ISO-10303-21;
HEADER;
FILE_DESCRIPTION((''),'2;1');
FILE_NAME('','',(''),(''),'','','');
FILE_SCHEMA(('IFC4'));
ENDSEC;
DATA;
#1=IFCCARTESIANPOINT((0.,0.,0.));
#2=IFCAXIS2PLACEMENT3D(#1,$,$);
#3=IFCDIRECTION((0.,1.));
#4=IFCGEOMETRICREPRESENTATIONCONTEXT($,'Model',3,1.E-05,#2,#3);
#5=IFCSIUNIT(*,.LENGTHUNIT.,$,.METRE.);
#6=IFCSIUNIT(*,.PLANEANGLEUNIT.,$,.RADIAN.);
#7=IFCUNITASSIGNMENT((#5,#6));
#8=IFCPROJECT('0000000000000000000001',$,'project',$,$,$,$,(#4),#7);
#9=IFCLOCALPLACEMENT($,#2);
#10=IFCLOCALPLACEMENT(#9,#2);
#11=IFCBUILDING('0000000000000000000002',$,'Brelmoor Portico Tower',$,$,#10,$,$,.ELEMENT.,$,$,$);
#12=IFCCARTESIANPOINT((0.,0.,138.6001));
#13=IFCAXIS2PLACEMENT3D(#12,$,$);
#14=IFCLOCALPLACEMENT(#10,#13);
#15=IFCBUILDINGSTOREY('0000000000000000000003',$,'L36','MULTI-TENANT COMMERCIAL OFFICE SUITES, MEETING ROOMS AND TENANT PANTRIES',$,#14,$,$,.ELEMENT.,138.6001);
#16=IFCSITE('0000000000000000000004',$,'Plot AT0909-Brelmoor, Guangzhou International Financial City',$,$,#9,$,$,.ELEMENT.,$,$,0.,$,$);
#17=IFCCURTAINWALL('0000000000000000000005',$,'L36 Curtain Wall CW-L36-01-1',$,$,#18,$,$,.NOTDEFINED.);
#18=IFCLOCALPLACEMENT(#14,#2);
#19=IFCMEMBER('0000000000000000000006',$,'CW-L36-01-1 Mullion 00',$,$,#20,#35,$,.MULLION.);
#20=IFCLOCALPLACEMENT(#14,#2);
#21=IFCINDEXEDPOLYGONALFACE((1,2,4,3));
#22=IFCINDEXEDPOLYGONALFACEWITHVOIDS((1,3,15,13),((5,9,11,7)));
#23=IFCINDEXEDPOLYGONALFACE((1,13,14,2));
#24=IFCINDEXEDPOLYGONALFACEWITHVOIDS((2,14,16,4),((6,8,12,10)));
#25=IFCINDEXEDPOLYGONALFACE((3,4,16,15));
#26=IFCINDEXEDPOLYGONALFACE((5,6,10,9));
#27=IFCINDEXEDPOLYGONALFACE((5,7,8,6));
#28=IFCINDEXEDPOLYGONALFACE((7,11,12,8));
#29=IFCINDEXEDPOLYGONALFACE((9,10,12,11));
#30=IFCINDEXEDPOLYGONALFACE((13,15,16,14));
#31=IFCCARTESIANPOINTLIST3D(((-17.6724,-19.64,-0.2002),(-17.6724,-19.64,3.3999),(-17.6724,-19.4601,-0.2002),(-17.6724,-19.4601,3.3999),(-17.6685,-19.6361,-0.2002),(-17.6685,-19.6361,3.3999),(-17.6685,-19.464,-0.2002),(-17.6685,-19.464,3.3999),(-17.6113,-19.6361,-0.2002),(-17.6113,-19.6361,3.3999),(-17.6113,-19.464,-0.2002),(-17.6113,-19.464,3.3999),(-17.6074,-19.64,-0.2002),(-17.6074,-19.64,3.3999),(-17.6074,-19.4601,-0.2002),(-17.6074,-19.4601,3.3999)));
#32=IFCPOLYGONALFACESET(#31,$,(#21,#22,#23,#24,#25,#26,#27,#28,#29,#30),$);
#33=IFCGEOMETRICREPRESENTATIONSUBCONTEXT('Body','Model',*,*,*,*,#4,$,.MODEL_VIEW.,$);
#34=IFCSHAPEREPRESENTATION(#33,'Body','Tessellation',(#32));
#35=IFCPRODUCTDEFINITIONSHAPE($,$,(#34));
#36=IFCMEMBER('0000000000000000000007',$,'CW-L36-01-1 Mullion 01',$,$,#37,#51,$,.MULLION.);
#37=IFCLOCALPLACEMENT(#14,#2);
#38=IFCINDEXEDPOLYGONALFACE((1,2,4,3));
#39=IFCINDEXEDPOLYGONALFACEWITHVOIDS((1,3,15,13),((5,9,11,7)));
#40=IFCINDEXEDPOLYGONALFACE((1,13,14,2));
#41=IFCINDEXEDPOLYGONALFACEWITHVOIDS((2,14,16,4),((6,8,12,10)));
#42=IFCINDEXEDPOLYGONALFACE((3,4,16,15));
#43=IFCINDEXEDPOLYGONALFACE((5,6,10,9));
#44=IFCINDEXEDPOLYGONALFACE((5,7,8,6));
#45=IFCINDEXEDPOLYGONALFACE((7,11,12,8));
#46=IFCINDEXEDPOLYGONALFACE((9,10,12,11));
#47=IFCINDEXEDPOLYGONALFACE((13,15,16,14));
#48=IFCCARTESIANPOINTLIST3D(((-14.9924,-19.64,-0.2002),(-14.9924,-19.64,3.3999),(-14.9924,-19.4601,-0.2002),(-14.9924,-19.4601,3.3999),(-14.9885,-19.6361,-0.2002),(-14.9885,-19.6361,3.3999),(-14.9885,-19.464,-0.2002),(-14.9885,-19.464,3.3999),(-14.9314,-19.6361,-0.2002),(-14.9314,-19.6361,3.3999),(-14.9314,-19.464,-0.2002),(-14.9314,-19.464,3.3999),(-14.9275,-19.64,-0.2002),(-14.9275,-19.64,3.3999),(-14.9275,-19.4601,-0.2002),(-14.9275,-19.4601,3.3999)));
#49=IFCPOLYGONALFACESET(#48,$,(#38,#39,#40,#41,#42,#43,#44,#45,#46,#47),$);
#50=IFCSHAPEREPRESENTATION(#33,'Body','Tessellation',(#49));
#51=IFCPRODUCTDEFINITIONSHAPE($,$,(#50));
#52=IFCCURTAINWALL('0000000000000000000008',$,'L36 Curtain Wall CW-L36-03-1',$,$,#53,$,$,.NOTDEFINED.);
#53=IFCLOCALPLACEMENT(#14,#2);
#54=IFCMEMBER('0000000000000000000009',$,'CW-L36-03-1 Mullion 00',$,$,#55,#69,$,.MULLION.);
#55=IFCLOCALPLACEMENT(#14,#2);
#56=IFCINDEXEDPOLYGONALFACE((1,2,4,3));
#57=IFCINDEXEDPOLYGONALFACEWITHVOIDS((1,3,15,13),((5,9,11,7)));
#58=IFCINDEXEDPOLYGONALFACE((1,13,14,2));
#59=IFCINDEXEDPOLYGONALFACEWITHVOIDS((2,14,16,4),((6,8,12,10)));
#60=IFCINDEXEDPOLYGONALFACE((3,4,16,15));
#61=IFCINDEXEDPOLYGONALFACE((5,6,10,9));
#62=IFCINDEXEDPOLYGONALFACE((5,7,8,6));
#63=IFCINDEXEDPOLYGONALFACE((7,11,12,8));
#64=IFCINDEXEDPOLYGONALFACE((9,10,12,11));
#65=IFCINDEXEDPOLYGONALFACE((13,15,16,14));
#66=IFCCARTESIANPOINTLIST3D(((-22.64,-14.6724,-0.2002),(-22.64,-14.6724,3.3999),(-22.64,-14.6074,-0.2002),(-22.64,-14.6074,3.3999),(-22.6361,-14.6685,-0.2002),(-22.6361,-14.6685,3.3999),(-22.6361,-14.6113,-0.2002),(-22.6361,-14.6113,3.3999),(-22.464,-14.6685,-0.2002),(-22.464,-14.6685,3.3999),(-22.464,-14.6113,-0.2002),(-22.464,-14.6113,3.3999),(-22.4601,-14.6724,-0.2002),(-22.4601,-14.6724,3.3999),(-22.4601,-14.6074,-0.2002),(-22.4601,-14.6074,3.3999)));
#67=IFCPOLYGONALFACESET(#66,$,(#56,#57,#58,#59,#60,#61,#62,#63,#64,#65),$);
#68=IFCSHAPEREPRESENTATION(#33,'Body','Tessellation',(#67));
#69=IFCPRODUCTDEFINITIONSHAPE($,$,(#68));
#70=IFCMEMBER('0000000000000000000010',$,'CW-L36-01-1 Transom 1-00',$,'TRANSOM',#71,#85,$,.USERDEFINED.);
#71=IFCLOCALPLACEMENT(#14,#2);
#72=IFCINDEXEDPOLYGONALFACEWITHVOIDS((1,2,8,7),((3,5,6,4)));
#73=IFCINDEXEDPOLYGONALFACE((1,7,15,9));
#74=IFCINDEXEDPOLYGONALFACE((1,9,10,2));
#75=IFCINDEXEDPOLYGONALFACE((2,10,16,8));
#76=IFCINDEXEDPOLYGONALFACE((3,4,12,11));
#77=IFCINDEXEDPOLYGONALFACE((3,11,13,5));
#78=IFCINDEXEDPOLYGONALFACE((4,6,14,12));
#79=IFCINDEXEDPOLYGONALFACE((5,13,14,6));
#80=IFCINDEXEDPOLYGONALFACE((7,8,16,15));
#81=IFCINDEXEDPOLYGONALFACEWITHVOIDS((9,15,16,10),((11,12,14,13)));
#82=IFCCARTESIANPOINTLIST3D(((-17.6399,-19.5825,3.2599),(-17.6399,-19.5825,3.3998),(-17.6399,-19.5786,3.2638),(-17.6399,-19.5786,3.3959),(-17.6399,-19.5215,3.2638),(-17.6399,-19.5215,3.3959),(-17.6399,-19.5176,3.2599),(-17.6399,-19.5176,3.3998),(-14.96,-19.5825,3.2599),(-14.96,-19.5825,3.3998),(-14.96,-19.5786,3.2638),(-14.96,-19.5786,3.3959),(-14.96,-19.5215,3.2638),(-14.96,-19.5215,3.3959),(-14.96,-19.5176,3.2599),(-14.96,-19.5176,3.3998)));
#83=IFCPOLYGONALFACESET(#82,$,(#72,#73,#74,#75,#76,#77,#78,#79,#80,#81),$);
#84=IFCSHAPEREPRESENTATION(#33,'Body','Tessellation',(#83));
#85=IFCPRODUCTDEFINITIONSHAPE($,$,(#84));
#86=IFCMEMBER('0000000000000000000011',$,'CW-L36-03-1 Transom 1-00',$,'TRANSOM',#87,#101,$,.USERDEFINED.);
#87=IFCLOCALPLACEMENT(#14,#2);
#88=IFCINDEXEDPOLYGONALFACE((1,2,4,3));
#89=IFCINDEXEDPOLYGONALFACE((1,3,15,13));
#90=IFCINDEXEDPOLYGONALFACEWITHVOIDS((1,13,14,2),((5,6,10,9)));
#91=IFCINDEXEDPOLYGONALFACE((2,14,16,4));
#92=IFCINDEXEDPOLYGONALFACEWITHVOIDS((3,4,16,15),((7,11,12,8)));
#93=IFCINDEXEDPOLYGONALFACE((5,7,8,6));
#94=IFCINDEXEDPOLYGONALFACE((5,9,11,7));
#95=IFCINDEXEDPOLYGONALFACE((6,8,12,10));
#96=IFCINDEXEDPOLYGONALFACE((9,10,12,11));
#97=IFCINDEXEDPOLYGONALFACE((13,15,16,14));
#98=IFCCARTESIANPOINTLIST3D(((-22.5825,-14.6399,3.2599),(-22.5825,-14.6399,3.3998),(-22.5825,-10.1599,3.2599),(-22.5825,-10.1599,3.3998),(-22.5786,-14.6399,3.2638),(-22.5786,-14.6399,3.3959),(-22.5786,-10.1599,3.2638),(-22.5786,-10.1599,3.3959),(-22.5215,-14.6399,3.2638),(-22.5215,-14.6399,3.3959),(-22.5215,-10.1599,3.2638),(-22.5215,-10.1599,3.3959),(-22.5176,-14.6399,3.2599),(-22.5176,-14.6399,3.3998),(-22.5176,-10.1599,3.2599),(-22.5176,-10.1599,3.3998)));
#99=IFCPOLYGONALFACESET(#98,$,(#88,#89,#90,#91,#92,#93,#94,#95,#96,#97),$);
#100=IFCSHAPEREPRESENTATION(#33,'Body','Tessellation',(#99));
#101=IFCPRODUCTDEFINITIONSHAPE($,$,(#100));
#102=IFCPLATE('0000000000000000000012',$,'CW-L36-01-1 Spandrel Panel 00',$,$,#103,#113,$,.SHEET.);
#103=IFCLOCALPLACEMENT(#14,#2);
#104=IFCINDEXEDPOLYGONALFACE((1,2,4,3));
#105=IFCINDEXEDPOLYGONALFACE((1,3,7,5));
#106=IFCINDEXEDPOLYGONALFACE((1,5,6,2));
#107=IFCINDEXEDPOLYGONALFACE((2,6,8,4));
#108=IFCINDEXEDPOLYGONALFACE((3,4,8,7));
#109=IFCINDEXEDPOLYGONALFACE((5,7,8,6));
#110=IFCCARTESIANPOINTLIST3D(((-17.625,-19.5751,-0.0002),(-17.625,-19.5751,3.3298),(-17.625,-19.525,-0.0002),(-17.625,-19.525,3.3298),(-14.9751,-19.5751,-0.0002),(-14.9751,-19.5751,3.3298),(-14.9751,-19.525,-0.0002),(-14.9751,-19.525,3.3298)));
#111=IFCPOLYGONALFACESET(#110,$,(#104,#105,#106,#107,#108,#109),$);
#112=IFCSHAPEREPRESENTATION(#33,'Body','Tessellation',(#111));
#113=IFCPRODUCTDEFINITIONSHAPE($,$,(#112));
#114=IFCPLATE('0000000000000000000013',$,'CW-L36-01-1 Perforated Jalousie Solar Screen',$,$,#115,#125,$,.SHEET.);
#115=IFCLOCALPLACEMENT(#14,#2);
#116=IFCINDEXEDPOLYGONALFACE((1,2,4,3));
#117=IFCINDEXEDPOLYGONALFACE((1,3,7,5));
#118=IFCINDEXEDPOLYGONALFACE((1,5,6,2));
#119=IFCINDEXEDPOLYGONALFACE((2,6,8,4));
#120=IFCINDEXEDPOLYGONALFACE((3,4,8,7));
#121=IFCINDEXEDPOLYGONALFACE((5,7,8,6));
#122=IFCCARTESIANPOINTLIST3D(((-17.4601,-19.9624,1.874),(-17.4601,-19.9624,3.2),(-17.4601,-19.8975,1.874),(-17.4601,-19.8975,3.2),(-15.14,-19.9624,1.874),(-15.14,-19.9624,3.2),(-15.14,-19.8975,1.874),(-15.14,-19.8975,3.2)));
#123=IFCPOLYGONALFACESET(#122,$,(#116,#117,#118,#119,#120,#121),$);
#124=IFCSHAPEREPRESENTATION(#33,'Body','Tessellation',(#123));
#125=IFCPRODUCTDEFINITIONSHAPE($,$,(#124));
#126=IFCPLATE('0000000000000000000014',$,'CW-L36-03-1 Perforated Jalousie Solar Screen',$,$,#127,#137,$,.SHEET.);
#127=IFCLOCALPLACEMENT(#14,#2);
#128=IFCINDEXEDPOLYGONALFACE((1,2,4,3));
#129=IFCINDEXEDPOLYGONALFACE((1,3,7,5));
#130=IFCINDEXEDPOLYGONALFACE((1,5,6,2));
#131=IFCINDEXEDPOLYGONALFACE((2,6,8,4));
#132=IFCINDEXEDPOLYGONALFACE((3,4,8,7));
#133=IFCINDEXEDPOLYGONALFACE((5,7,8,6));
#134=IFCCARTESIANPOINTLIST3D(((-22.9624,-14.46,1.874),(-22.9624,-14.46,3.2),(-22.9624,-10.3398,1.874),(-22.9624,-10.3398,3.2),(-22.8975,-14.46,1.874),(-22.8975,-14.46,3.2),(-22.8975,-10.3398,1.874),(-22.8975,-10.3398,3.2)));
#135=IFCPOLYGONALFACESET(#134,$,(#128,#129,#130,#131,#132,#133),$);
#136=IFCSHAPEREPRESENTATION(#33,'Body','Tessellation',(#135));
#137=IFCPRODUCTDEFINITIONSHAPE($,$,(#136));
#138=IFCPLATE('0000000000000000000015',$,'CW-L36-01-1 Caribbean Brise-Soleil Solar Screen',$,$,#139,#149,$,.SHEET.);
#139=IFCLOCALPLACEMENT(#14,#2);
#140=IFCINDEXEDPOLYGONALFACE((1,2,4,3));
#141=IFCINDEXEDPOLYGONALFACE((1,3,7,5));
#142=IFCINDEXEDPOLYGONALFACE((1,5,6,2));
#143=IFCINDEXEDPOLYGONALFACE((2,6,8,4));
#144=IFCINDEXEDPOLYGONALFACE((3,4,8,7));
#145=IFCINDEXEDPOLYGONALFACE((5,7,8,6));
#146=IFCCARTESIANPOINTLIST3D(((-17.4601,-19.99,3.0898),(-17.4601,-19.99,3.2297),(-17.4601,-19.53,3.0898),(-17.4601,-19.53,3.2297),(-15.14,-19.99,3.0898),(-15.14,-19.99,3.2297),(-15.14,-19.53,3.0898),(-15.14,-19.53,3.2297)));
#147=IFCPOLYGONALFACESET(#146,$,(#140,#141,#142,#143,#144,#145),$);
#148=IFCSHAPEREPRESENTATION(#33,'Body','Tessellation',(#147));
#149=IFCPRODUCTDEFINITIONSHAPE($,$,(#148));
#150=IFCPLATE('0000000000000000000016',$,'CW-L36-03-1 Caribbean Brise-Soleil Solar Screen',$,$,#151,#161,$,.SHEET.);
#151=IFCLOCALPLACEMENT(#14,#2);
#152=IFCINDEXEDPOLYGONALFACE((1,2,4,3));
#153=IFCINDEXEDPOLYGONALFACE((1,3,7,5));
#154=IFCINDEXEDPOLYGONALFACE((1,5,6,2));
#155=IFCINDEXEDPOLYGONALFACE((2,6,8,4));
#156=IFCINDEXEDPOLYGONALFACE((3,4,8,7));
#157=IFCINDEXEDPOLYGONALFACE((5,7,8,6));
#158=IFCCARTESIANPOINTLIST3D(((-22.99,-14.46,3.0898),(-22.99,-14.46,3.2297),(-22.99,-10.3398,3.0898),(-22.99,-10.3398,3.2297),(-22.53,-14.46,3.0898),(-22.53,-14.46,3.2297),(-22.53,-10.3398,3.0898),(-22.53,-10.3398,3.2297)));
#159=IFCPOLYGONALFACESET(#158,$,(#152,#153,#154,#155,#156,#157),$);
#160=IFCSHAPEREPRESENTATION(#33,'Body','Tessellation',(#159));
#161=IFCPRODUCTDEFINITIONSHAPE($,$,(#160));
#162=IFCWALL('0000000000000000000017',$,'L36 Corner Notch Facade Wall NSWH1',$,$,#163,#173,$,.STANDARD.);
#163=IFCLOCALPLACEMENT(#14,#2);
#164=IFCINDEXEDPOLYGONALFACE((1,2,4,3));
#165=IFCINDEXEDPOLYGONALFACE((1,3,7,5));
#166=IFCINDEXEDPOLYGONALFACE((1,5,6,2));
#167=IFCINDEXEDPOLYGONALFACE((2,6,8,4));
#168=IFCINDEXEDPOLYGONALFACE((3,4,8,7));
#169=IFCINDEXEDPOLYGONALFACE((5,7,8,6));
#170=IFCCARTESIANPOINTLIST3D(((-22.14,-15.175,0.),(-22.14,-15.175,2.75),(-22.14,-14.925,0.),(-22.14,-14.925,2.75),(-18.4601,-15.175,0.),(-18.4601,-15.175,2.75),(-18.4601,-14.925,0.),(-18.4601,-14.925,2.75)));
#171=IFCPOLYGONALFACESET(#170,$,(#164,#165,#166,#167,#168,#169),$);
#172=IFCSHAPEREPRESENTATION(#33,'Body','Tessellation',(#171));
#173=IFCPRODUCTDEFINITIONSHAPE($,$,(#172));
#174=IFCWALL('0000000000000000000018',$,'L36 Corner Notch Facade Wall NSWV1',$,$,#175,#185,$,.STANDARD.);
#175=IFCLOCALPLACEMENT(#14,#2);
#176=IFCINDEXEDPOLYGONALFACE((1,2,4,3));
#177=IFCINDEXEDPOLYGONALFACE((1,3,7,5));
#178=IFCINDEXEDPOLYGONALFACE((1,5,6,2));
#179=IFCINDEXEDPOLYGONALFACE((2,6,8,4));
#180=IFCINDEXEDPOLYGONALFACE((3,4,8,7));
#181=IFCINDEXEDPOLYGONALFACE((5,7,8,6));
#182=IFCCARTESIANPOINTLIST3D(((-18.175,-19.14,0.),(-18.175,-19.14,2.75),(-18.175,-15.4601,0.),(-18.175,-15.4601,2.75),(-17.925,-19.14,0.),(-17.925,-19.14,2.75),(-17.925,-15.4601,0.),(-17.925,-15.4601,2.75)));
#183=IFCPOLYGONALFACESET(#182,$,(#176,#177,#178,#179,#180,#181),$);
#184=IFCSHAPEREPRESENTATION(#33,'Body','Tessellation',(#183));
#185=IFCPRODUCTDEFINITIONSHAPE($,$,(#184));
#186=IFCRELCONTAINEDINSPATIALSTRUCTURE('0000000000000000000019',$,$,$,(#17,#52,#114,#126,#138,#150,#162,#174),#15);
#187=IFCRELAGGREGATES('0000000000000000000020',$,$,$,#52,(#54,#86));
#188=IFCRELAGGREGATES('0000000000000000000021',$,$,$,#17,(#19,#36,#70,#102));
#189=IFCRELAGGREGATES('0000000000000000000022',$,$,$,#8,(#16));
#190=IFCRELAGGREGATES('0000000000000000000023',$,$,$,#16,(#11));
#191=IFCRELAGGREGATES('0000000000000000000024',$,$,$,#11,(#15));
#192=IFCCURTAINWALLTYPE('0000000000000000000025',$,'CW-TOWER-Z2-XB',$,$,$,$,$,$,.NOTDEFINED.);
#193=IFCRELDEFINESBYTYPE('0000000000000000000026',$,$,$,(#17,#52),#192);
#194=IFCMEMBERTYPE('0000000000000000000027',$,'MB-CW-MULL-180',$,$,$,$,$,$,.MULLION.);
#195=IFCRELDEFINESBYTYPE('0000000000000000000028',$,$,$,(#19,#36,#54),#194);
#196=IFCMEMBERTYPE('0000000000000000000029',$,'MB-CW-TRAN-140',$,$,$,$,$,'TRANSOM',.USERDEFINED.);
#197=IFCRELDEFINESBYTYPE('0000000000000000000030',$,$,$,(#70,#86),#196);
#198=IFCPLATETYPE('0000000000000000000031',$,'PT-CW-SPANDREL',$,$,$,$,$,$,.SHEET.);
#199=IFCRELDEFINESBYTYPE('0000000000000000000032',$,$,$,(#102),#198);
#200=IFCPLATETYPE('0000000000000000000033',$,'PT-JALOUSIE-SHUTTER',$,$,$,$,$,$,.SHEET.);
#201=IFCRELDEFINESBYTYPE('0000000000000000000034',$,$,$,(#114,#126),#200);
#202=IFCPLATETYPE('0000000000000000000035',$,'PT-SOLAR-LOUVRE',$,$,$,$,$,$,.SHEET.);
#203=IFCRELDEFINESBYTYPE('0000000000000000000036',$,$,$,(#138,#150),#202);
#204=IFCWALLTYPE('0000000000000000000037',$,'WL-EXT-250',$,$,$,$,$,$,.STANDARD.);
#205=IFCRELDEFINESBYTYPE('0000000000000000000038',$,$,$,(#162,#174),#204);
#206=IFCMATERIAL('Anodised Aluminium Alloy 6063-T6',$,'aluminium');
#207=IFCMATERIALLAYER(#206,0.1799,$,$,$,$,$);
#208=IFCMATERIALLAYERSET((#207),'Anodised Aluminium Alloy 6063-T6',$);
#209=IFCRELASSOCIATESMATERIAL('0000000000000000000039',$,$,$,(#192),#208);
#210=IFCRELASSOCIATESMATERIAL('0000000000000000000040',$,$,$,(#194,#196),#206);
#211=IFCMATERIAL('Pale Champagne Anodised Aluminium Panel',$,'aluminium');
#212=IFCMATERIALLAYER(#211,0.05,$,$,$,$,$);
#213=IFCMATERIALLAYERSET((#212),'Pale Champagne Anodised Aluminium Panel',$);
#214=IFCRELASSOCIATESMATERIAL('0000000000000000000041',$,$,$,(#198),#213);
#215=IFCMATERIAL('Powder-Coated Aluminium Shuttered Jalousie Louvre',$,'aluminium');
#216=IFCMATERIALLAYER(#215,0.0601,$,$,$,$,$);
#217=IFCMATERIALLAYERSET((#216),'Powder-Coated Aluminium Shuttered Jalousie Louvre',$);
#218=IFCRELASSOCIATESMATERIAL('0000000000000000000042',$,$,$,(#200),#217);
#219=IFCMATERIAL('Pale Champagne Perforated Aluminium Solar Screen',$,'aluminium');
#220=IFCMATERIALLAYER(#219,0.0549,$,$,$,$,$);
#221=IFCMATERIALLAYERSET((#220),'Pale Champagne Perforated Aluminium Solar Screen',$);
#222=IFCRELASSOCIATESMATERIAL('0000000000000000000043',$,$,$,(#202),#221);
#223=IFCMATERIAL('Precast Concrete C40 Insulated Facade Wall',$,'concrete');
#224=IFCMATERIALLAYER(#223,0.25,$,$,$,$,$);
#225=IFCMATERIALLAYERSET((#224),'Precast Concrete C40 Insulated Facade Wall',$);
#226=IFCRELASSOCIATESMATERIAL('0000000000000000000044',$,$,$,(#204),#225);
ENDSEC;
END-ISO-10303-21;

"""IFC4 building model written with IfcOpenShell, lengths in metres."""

from ifc_helpers import new_model, si_unit, direction, frame, frame_2d, origin, origin_2d, place, context, subcontext, project, spatial, rectangle, hollow_rectangle, extrude, material, layer, layer_set, material_profile, profile_set, type_object, element, aggregate, save


model = new_model("IFC4")

# Units and contexts
model_context = context("Model", 3, precision=1e-05, world=origin(), true_north=direction((0.0, 1.0)))
body_context = subcontext(model_context, "Body", "Model", "MODEL_VIEW")
ifc_project = project(units=[si_unit("LENGTHUNIT", "METRE"), si_unit("PLANEANGLEUNIT", "RADIAN")], contexts=[model_context])

# Site, building, storey
site_placement = place(None, origin())
site = spatial("IfcSite", under=ifc_project, at=site_placement, Name="Plot AT0909-Brelmoor, Guangzhou International Financial City", CompositionType="ELEMENT", RefElevation=0.0)
building_placement = place(site_placement, origin())
building = spatial("IfcBuilding", under=site, at=building_placement, Name="Brelmoor Portico Tower", CompositionType="ELEMENT")
storey_placement = place(building_placement, frame((0.0, 0.0, 138.6001)))
storey = spatial("IfcBuildingStorey", under=building, at=storey_placement, Name="L36", Description="MULTI-TENANT COMMERCIAL OFFICE SUITES, MEETING ROOMS AND TENANT PANTRIES", CompositionType="ELEMENT", Elevation=138.6001)

# Curtain wall, members
ifc_material_1 = material(Name="Anodised Aluminium Alloy 6063-T6", Category="aluminium")
ifc_layer_1 = layer(ifc_material_1, 0.1799)
ifc_layer_set_1 = layer_set([ifc_layer_1], Name="Anodised Aluminium Alloy 6063-T6")
curtain_wall_type = type_object("IfcCurtainWallType", Name="CW-TOWER-Z2-XB", PredefinedType="NOTDEFINED", material=ifc_layer_set_1)
curtain_wall_1_placement = place(storey_placement, origin())
curtain_wall_1 = element("IfcCurtainWall", 1, at=curtain_wall_1_placement, inside=storey, type_object=curtain_wall_type, Name="L36 Curtain Wall CW-L36-01-1", PredefinedType="NOTDEFINED")
ifc_material_profile_1 = material_profile(ifc_material_1, hollow_rectangle(XDim=0.0649, YDim=0.1799, WallThickness=0.0039, at=origin_2d()), Name="ALU MULLION 65x180")
ifc_profile_set_1 = profile_set([ifc_material_profile_1], Name="Anodised Aluminium Alloy 6063-T6")
member_type_1 = type_object("IfcMemberType", Name="MB-CW-MULL-180", PredefinedType="MULLION", material=ifc_profile_set_1)
member_1_placement = place(storey_placement, frame((-17.6399, -19.55, -0.2002), z_axis=(0.0, 0.0, 1.0), x_axis=(1.0, 0.0, 0.0)))
member_1 = element("IfcMember", 2, at=member_1_placement, type_object=member_type_1, Name="CW-L36-01-1 Mullion 00", PredefinedType="MULLION", context=body_context, shape_type="SweptSolid", body=[
    extrude(hollow_rectangle(XDim=0.0649, YDim=0.1799, WallThickness=0.0039, at=origin_2d()), origin(), (0.0, 0.0, 1.0), 3.6001),
])
member_2_placement = place(storey_placement, frame((-14.96, -19.55, -0.2002), z_axis=(0.0, 0.0, 1.0), x_axis=(1.0, 0.0, 0.0)))
member_2 = element("IfcMember", 3, at=member_2_placement, type_object=member_type_1, Name="CW-L36-01-1 Mullion 01", PredefinedType="MULLION", context=body_context, shape_type="SweptSolid", body=[
    extrude(hollow_rectangle(XDim=0.0649, YDim=0.1799, WallThickness=0.0039, at=origin_2d()), origin(), (0.0, 0.0, 1.0), 3.6001),
])

# Curtain wall, member
curtain_wall_2_placement = place(storey_placement, origin())
curtain_wall_2 = element("IfcCurtainWall", 4, at=curtain_wall_2_placement, inside=storey, type_object=curtain_wall_type, Name="L36 Curtain Wall CW-L36-03-1", PredefinedType="NOTDEFINED")
member_3_placement = place(storey_placement, frame((-22.55, -14.6399, -0.2002), z_axis=(0.0, 0.0, 1.0), x_axis=(0.0, 1.0, 0.0)))
member_3 = element("IfcMember", 5, at=member_3_placement, type_object=member_type_1, Name="CW-L36-03-1 Mullion 00", PredefinedType="MULLION", context=body_context, shape_type="SweptSolid", body=[
    extrude(hollow_rectangle(XDim=0.0649, YDim=0.1799, WallThickness=0.0039, at=origin_2d()), origin(), (0.0, 0.0, 1.0), 3.6001),
])

# Members
ifc_material_profile_2 = material_profile(ifc_material_1, hollow_rectangle(XDim=0.0649, YDim=0.1399, WallThickness=0.0039, at=origin_2d()), Name="ALU TRANSOM 65x140")
ifc_profile_set_2 = profile_set([ifc_material_profile_2], Name="Anodised Aluminium Alloy 6063-T6")
member_type_2 = type_object("IfcMemberType", Name="MB-CW-TRAN-140", ElementType="TRANSOM", PredefinedType="USERDEFINED", material=ifc_profile_set_2)
member_4_placement = place(storey_placement, frame((-17.6399, -19.55, 3.3298), z_axis=(1.0, 0.0, 0.0), x_axis=(0.0, 1.0, 0.0)))
member_4 = element("IfcMember", 6, at=member_4_placement, type_object=member_type_2, Name="CW-L36-01-1 Transom 1-00", ObjectType="TRANSOM", PredefinedType="USERDEFINED", context=body_context, shape_type="SweptSolid", body=[
    extrude(hollow_rectangle(XDim=0.0649, YDim=0.1399, WallThickness=0.0039, at=origin_2d()), origin(), (0.0, 0.0, 1.0), 2.6799),
])
member_5_placement = place(storey_placement, frame((-22.55, -14.6399, 3.3298), z_axis=(0.0, 1.0, 0.0), x_axis=(-1.0, 0.0, 0.0)))
member_5 = element("IfcMember", 7, at=member_5_placement, type_object=member_type_2, Name="CW-L36-03-1 Transom 1-00", ObjectType="TRANSOM", PredefinedType="USERDEFINED", context=body_context, shape_type="SweptSolid", body=[
    extrude(hollow_rectangle(XDim=0.0649, YDim=0.1399, WallThickness=0.0039, at=origin_2d()), origin(), (0.0, 0.0, 1.0), 4.48),
])
aggregate(curtain_wall_2, [member_3, member_5])

# Plate
ifc_material_2 = material(Name="Pale Champagne Anodised Aluminium Panel", Category="aluminium")
ifc_layer_2 = layer(ifc_material_2, 0.05)
ifc_layer_set_2 = layer_set([ifc_layer_2], Name="Pale Champagne Anodised Aluminium Panel")
plate_type_1 = type_object("IfcPlateType", Name="PT-CW-SPANDREL", PredefinedType="SHEET", material=ifc_layer_set_2)
plate_1_placement = place(storey_placement, frame((-16.3, -19.55, -0.0002), z_axis=(0.0, 0.0, 1.0), x_axis=(1.0, 0.0, 0.0)))
plate_1 = element("IfcPlate", 8, at=plate_1_placement, type_object=plate_type_1, Name="CW-L36-01-1 Spandrel Panel 00", PredefinedType="SHEET", context=body_context, shape_type="SweptSolid", body=[
    extrude(rectangle(XDim=2.6499, YDim=0.05, at=origin_2d()), origin(), (0.0, 0.0, 1.0), 3.3301),
])
aggregate(curtain_wall_1, [member_1, member_2, member_4, plate_1])

# Plates
ifc_material_3 = material(Name="Powder-Coated Aluminium Shuttered Jalousie Louvre", Category="aluminium")
ifc_layer_3 = layer(ifc_material_3, 0.0601)
ifc_layer_set_3 = layer_set([ifc_layer_3], Name="Powder-Coated Aluminium Shuttered Jalousie Louvre")
plate_type_2 = type_object("IfcPlateType", Name="PT-JALOUSIE-SHUTTER", PredefinedType="SHEET", material=ifc_layer_set_3)
plate_2_placement = place(storey_placement, frame((-16.3, -19.9299, 1.874), z_axis=(0.0, 0.0, 1.0), x_axis=(1.0, 0.0, 0.0)))
element("IfcPlate", 9, at=plate_2_placement, inside=storey, type_object=plate_type_2, Name="CW-L36-01-1 Perforated Jalousie Solar Screen", PredefinedType="SHEET", context=body_context, shape_type="SweptSolid", body=[
    extrude(rectangle(XDim=2.3201, YDim=0.0649, at=origin_2d()), origin(), (0.0, 0.0, 1.0), 1.3259),
])
plate_3_placement = place(storey_placement, frame((-22.9299, -12.3999, 1.874), z_axis=(0.0, 0.0, 1.0), x_axis=(0.0, 1.0, 0.0)))
element("IfcPlate", 10, at=plate_3_placement, inside=storey, type_object=plate_type_2, Name="CW-L36-03-1 Perforated Jalousie Solar Screen", PredefinedType="SHEET", context=body_context, shape_type="SweptSolid", body=[
    extrude(rectangle(XDim=4.1201, YDim=0.0649, at=origin_2d()), origin(), (0.0, 0.0, 1.0), 1.3259),
])
ifc_material_4 = material(Name="Pale Champagne Perforated Aluminium Solar Screen", Category="aluminium")
ifc_layer_4 = layer(ifc_material_4, 0.0549)
ifc_layer_set_4 = layer_set([ifc_layer_4], Name="Pale Champagne Perforated Aluminium Solar Screen")
plate_type_3 = type_object("IfcPlateType", Name="PT-SOLAR-LOUVRE", PredefinedType="SHEET", material=ifc_layer_set_4)
plate_4_placement = place(storey_placement, frame((-16.3, -19.76, 3.0898), z_axis=(0.0, 0.0, 1.0), x_axis=(1.0, 0.0, 0.0)))
element("IfcPlate", 11, at=plate_4_placement, inside=storey, type_object=plate_type_3, Name="CW-L36-01-1 Caribbean Brise-Soleil Solar Screen", PredefinedType="SHEET", context=body_context, shape_type="SweptSolid", body=[
    extrude(rectangle(XDim=2.3201, YDim=0.46, at=origin_2d()), origin(), (0.0, 0.0, 1.0), 0.1399),
])
plate_5_placement = place(storey_placement, frame((-22.76, -12.3999, 3.0898), z_axis=(0.0, 0.0, 1.0), x_axis=(0.0, 1.0, 0.0)))
element("IfcPlate", 12, at=plate_5_placement, inside=storey, type_object=plate_type_3, Name="CW-L36-03-1 Caribbean Brise-Soleil Solar Screen", PredefinedType="SHEET", context=body_context, shape_type="SweptSolid", body=[
    extrude(rectangle(XDim=4.1201, YDim=0.46, at=origin_2d()), origin(), (0.0, 0.0, 1.0), 0.1399),
])

# Walls
ifc_material_5 = material(Name="Precast Concrete C40 Insulated Facade Wall", Category="concrete")
ifc_layer_5 = layer(ifc_material_5, 0.25)
ifc_layer_set_5 = layer_set([ifc_layer_5], Name="Precast Concrete C40 Insulated Facade Wall")
wall_type = type_object("IfcWallType", Name="WL-EXT-250", PredefinedType="STANDARD", material=ifc_layer_set_5)
for number, where, z_axis, x_axis, name in (
    (13, (-22.1399, -15.05, 0.0), (0.0, 0.0, 1.0), (1.0, 0.0, 0.0), "L36 Corner Notch Facade Wall NSWH1"),
    (14, (-18.05, -19.1399, 0.0), (0.0, 0.0, 1.0), (0.0, 1.0, 0.0), "L36 Corner Notch Facade Wall NSWV1"),
):
    element("IfcWall", number, at=place(storey_placement, frame(where, z_axis=z_axis, x_axis=x_axis)), inside=storey, type_object=wall_type, Name=name, PredefinedType="STANDARD", context=body_context, shape_type="SweptSolid", body=[
        extrude(rectangle(XDim=3.6799, YDim=0.25, at=frame_2d((1.8398, 0.0))), origin(), (0.0, 0.0, 1.0), 2.75),
    ])

save(model, "model.ifc")
